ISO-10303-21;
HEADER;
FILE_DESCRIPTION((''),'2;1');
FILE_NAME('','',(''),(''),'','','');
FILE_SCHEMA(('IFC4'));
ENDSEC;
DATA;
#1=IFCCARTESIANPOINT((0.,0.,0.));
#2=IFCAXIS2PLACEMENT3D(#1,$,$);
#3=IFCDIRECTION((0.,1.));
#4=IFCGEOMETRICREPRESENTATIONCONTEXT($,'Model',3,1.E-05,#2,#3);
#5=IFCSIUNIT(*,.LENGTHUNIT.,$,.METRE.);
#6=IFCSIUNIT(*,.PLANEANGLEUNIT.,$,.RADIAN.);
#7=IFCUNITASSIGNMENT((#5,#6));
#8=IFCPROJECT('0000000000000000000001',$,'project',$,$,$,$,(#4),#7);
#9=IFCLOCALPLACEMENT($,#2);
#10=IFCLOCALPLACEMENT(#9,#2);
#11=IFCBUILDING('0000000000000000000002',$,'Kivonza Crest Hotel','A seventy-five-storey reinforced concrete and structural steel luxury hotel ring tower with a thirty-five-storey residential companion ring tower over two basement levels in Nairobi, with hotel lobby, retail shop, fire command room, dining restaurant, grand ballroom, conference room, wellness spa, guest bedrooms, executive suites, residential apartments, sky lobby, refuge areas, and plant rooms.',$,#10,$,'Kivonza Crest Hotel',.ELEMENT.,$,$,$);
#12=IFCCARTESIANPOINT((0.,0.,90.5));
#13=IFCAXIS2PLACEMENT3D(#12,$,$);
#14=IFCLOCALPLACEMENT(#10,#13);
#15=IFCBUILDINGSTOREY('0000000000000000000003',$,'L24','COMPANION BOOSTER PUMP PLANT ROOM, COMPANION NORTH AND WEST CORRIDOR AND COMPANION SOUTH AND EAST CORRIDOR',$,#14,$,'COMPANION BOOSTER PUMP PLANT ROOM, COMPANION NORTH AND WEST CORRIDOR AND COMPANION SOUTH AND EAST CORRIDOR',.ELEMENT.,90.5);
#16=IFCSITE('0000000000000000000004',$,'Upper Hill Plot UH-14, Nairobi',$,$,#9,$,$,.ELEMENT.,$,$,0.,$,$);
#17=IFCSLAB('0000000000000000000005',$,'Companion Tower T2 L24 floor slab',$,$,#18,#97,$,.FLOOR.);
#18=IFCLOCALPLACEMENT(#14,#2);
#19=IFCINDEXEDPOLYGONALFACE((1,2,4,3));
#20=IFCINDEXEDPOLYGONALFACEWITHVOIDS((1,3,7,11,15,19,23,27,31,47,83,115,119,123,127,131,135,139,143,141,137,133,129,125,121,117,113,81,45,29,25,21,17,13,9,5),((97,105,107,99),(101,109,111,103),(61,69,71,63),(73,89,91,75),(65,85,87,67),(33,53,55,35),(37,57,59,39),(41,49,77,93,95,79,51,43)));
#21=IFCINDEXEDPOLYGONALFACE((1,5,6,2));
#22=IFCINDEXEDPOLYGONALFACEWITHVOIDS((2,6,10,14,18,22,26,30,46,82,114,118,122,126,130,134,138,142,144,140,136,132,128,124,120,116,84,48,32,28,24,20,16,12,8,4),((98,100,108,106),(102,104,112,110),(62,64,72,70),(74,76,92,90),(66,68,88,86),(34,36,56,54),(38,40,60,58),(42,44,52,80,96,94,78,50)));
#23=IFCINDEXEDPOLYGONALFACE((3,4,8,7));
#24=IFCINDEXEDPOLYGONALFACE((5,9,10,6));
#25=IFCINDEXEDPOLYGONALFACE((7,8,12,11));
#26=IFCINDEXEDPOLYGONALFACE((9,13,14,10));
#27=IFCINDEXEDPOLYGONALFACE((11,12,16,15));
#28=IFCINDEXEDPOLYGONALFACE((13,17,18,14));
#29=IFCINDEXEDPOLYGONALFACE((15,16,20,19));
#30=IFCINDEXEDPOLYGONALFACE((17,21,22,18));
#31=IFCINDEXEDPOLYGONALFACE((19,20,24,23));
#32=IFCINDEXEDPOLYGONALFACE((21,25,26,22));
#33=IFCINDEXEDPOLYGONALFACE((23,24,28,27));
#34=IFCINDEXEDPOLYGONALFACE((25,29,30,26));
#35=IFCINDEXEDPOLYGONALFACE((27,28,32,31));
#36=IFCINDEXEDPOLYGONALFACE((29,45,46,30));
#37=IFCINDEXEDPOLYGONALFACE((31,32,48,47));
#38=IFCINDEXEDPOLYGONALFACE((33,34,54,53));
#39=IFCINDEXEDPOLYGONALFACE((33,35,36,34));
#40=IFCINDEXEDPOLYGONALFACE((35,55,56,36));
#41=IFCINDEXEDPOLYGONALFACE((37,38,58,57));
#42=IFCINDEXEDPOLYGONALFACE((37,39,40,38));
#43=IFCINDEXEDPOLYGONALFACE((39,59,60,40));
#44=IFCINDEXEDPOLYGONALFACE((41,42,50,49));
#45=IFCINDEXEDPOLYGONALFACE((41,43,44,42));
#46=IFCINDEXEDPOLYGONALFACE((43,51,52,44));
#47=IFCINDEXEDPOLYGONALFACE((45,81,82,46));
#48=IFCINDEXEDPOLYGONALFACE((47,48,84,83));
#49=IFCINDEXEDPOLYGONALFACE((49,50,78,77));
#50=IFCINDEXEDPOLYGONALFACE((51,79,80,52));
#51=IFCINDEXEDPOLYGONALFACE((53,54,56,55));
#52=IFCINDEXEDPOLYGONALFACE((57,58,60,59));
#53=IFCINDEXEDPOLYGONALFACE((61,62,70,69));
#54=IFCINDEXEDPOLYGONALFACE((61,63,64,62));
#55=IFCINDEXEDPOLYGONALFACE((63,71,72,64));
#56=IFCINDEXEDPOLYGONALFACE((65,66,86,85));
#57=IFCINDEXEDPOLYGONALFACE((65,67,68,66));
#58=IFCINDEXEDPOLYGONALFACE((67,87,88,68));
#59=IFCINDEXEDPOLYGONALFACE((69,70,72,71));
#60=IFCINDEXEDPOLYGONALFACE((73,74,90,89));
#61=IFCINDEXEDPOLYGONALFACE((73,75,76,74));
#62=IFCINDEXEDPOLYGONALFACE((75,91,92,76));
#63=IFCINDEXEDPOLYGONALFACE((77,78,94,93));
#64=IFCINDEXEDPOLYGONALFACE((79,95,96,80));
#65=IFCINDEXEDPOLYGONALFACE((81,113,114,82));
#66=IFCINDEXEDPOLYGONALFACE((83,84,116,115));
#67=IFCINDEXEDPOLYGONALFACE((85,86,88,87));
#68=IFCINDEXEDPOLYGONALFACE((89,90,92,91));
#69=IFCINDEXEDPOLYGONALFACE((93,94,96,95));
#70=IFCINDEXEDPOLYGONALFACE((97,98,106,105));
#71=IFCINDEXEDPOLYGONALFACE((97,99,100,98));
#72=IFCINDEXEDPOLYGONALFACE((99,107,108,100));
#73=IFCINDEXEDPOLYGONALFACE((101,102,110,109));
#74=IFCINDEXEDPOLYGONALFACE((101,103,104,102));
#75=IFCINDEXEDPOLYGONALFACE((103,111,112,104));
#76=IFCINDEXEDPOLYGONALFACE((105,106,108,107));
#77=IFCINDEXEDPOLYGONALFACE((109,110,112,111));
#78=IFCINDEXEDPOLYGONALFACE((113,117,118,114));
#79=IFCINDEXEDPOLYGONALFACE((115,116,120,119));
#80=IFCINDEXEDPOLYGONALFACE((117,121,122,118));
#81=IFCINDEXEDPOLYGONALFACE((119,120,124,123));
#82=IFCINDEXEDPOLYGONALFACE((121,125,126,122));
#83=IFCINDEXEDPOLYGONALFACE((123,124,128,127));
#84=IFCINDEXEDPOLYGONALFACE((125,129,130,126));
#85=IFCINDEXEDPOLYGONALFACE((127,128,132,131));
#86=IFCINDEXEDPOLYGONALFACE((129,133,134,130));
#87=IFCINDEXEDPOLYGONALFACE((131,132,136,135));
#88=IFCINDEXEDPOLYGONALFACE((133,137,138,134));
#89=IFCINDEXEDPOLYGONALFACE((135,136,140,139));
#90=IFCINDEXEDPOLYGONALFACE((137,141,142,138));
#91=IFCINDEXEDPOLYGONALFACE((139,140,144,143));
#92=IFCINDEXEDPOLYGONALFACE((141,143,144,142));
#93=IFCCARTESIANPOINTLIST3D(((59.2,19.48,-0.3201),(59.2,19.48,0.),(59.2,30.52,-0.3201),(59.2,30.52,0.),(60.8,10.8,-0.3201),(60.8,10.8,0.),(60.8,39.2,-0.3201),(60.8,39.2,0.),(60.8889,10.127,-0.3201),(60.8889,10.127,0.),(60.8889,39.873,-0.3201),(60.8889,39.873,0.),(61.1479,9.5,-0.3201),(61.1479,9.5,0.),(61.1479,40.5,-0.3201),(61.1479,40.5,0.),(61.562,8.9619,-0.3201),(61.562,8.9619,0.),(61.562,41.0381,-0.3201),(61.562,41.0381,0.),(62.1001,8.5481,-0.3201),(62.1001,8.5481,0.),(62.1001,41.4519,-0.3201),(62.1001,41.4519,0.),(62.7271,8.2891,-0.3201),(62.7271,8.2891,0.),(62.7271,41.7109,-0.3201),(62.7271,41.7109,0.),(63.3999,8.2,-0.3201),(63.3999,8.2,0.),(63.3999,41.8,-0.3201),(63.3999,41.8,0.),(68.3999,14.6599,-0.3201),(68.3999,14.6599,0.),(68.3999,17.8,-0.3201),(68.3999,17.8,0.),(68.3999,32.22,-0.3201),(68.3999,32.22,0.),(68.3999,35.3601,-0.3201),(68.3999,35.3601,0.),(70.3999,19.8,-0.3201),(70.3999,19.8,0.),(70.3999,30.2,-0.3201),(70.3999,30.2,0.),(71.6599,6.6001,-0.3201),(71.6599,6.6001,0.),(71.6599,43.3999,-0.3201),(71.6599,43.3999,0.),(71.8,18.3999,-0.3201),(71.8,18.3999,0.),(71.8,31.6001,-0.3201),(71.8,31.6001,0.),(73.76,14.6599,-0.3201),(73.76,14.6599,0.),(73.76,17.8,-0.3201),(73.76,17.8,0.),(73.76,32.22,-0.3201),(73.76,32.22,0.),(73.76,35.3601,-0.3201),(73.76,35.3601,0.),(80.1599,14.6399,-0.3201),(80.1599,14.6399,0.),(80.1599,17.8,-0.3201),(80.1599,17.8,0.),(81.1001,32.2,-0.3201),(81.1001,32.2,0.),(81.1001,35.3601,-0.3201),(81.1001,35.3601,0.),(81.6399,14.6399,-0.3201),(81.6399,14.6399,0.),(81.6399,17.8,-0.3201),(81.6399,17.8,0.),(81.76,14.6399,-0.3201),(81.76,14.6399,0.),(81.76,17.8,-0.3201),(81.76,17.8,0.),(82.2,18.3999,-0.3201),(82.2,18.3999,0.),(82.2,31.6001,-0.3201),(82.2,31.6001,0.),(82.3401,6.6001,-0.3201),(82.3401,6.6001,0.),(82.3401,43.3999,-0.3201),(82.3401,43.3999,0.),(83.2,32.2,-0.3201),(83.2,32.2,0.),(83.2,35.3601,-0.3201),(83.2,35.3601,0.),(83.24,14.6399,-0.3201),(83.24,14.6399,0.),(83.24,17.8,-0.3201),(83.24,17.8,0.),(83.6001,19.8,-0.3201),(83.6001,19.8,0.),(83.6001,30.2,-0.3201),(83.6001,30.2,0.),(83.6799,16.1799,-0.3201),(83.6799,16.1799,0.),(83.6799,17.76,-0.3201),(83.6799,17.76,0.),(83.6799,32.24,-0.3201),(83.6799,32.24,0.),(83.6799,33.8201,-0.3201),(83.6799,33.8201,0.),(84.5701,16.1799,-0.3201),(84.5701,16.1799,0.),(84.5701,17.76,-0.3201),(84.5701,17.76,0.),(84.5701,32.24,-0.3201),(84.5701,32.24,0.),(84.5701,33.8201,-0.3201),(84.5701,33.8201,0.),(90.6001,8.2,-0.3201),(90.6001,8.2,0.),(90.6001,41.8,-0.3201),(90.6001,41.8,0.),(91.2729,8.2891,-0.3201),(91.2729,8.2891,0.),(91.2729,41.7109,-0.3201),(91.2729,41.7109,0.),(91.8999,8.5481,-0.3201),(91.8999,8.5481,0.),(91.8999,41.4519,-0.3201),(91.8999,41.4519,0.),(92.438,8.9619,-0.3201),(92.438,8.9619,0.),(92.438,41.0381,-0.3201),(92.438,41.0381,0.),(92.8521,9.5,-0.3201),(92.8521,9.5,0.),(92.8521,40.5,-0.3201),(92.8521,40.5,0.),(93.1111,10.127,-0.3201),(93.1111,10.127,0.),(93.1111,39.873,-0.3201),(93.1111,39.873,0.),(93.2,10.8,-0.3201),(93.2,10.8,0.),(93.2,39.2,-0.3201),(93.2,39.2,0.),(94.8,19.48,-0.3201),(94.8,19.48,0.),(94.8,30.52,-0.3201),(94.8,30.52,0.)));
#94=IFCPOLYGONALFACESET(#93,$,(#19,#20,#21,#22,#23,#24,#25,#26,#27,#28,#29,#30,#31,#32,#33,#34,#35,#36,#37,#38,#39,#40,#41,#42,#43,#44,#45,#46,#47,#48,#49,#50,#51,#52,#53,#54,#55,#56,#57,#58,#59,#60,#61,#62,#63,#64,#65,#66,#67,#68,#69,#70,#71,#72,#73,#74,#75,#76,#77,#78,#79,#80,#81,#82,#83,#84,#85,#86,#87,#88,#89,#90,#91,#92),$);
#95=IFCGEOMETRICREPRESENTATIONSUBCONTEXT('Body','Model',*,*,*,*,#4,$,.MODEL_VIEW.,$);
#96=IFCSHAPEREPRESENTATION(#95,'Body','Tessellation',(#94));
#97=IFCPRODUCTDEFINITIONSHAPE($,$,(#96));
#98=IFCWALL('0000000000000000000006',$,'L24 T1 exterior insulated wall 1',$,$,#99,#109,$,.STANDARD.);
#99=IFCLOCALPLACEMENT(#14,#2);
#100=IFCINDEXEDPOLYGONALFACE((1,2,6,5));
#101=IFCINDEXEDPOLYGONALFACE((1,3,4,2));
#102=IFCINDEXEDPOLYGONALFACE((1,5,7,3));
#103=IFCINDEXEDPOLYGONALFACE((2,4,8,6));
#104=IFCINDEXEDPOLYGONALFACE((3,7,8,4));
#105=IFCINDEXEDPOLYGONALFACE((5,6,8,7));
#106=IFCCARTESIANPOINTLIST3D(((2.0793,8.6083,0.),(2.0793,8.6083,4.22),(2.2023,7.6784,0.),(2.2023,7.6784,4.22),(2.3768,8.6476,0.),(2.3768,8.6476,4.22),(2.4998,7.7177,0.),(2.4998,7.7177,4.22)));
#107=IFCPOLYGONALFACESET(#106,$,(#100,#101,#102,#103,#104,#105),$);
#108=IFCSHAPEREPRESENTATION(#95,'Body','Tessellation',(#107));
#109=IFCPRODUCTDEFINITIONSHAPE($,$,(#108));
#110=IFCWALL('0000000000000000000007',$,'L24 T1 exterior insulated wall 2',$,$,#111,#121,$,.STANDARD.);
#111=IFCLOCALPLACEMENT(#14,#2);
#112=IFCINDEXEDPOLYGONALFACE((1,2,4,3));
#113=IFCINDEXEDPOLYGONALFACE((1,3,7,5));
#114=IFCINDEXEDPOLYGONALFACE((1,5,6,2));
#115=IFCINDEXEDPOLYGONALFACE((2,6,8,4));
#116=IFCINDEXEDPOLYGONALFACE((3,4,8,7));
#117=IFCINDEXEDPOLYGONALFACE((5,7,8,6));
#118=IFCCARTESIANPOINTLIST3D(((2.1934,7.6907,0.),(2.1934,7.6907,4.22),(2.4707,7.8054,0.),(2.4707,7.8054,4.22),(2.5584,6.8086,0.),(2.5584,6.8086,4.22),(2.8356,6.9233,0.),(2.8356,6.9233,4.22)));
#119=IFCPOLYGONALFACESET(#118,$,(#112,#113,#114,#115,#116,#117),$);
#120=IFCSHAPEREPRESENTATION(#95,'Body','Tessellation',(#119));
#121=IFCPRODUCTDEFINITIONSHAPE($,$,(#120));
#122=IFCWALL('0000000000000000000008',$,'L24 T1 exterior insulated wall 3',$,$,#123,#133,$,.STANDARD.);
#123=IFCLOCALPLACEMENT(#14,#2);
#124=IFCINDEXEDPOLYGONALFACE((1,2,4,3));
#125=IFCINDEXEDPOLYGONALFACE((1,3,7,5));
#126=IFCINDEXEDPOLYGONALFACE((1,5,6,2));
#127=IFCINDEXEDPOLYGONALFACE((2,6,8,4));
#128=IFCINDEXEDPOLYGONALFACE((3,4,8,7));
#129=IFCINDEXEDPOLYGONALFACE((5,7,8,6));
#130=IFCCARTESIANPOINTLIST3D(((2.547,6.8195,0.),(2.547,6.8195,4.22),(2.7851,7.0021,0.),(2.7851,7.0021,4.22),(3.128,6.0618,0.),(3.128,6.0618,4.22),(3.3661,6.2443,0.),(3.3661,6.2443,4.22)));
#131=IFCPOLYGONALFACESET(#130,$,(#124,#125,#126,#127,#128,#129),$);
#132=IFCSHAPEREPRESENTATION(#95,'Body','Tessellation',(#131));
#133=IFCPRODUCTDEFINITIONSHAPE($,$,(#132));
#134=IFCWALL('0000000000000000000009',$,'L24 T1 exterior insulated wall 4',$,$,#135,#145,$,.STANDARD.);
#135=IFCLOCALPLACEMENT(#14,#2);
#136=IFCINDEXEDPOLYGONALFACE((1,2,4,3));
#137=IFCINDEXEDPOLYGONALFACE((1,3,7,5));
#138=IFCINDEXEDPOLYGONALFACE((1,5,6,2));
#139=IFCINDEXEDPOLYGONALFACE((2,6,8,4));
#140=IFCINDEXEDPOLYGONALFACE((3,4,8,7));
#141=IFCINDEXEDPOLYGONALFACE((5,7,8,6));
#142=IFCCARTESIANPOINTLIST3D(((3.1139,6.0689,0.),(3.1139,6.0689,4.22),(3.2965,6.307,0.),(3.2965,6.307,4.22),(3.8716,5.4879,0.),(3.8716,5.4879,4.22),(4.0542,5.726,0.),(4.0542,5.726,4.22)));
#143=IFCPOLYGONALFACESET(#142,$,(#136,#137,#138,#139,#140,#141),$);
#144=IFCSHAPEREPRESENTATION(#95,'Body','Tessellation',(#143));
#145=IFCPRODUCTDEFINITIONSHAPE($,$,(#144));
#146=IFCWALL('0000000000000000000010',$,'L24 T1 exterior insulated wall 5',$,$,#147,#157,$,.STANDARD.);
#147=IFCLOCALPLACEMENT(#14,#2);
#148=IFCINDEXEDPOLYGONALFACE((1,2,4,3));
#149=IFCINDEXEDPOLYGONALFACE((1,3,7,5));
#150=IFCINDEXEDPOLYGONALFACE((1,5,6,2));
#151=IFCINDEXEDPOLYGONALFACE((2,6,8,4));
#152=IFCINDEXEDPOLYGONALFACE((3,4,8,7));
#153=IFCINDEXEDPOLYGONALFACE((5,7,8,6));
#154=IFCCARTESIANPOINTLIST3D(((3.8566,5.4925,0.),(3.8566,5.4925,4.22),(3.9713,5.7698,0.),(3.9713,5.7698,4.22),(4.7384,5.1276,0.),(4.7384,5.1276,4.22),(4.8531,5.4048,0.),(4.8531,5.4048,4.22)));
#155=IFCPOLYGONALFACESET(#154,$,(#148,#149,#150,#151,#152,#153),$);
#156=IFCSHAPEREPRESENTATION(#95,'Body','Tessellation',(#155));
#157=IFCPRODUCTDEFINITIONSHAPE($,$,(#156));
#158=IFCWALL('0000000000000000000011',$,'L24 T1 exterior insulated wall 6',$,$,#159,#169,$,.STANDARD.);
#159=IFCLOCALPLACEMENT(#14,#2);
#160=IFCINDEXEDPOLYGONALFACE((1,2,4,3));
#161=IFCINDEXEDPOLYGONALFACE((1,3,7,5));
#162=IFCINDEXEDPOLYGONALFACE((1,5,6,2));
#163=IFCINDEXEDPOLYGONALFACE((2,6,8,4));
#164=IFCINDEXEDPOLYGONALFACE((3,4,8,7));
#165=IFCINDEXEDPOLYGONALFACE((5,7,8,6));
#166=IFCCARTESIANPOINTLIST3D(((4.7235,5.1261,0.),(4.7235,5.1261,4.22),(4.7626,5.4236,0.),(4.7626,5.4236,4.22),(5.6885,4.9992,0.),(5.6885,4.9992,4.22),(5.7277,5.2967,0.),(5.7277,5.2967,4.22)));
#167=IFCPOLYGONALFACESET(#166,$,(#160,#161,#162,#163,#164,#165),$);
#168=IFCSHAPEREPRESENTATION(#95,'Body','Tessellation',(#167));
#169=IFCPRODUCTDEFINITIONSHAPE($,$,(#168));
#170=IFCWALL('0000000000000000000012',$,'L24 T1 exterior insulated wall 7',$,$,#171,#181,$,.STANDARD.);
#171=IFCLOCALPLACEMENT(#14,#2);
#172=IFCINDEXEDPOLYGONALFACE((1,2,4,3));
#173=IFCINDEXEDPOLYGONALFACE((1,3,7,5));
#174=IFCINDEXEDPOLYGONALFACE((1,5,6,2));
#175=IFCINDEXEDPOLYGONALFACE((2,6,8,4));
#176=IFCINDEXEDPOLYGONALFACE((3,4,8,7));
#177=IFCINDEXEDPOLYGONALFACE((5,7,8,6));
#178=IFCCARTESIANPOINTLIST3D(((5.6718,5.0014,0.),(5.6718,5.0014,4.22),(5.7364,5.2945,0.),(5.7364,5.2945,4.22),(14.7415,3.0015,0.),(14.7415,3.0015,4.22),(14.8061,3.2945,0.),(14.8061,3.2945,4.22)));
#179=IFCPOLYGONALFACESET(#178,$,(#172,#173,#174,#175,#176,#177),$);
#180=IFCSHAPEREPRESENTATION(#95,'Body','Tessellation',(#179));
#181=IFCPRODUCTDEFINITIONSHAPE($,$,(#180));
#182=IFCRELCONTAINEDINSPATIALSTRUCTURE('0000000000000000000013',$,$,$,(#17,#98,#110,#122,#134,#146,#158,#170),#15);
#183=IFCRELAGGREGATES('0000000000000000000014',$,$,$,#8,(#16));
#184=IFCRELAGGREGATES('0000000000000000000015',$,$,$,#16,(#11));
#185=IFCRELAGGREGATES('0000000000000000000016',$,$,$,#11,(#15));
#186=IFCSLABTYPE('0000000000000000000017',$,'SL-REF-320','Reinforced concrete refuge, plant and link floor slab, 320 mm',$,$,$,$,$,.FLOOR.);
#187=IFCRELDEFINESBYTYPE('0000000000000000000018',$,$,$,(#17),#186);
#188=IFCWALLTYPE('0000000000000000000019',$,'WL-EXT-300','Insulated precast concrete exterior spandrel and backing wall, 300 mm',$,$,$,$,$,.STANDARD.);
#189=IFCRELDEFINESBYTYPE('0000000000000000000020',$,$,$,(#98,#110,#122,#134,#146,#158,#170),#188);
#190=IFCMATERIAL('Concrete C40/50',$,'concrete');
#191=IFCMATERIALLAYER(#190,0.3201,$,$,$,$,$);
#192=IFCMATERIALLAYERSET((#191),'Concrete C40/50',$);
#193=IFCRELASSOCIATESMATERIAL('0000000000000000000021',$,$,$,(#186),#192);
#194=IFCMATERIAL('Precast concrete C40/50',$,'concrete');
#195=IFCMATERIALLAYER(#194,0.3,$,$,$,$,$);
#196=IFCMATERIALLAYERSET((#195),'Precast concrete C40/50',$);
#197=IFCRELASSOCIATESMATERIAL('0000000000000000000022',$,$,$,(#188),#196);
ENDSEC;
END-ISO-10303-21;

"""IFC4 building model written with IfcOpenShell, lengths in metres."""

from ifc_helpers import new_model, si_unit, direction, frame, frame_2d, origin, place, context, subcontext, project, spatial, polyline, rectangle, outline, extrude, material, layer, layer_set, type_object, element, save


model = new_model("IFC4")

# Units and contexts
model_context = context("Model", 3, precision=1e-05, world=origin(), true_north=direction((0.0, 1.0)))
body_context = subcontext(model_context, "Body", "Model", "MODEL_VIEW")
ifc_project = project(units=[si_unit("LENGTHUNIT", "METRE"), si_unit("PLANEANGLEUNIT", "RADIAN")], contexts=[model_context])

# Site, building, storey
site_placement = place(None, origin())
site = spatial("IfcSite", under=ifc_project, at=site_placement, Name="Upper Hill Plot UH-14, Nairobi", CompositionType="ELEMENT", RefElevation=0.0)
building_placement = place(site_placement, origin())
building = spatial("IfcBuilding", under=site, at=building_placement, Name="Kivonza Crest Hotel", Description="A seventy-five-storey reinforced concrete and structural steel luxury hotel ring tower with a thirty-five-storey residential companion ring tower over two basement levels in Nairobi, with hotel lobby, retail shop, fire command room, dining restaurant, grand ballroom, conference room, wellness spa, guest bedrooms, executive suites, residential apartments, sky lobby, refuge areas, and plant rooms.", LongName="Kivonza Crest Hotel", CompositionType="ELEMENT")
storey_placement = place(building_placement, frame((0.0, 0.0, 90.5)))
storey = spatial("IfcBuildingStorey", under=building, at=storey_placement, Name="L24", Description="COMPANION BOOSTER PUMP PLANT ROOM, COMPANION NORTH AND WEST CORRIDOR AND COMPANION SOUTH AND EAST CORRIDOR", LongName="COMPANION BOOSTER PUMP PLANT ROOM, COMPANION NORTH AND WEST CORRIDOR AND COMPANION SOUTH AND EAST CORRIDOR", CompositionType="ELEMENT", Elevation=90.5)

# Shared definitions
ifc_material_1 = material(Name="Concrete C40/50", Category="concrete")

# Slab
ifc_layer_1 = layer(ifc_material_1, 0.3201)
ifc_layer_set_1 = layer_set([ifc_layer_1], Name="Concrete C40/50")
slab_type_1 = type_object("IfcSlabType", Name="SL-REF-320", Description="Reinforced concrete refuge, plant and link floor slab, 320 mm", PredefinedType="FLOOR", material=ifc_layer_set_1)
slab_1_placement = place(storey_placement, frame((0.0, 0.0, -0.3201)))
element("IfcSlab", 1, at=slab_1_placement, inside=storey, type_object=slab_type_1, Name="Companion Tower T2 L24 floor slab", PredefinedType="FLOOR", context=body_context, shape_type="SweptSolid", body=[
    extrude(outline(polyline([(60.8, 10.8), (60.8889, 10.127), (61.1479, 9.5), (61.562, 8.9619), (62.1001, 8.5481), (62.7271, 8.2891), (63.3999, 8.2), (71.6599, 6.6001), (82.3401, 6.6001), (90.6001, 8.2), (91.2729, 8.2891), (91.8999, 8.5481), (92.438, 8.9619), (92.8521, 9.5), (93.1111, 10.127), (93.2, 10.8), (94.8, 19.48), (94.8, 30.52), (93.2, 39.2), (93.1111, 39.873), (92.8521, 40.5), (92.438, 41.0381), (91.8999, 41.4519), (91.2729, 41.7109), (90.6001, 41.8), (82.3401, 43.3999), (71.6599, 43.3999), (63.3999, 41.8), (62.7271, 41.7109), (62.1001, 41.4519), (61.562, 41.0381), (61.1479, 40.5), (60.8889, 39.873), (60.8, 39.2), (59.2, 30.52), (59.2, 19.48), (60.8, 10.8)]), holes=[polyline([(71.8, 18.3999), (82.2, 18.3999), (83.6001, 19.8), (83.6001, 30.2), (82.2, 31.6001), (71.8, 31.6001), (70.3999, 30.2), (70.3999, 19.8), (71.8, 18.3999)]), polyline([(68.3999, 32.22), (73.76, 32.22), (73.76, 35.3601), (68.3999, 35.3601), (68.3999, 32.22)]), polyline([(68.3999, 14.6599), (73.76, 14.6599), (73.76, 17.8), (68.3999, 17.8), (68.3999, 14.6599)]), polyline([(83.6799, 32.24), (84.5701, 32.24), (84.5701, 33.8201), (83.6799, 33.8201), (83.6799, 32.24)]), polyline([(83.6799, 16.1799), (84.5701, 16.1799), (84.5701, 17.76), (83.6799, 17.76), (83.6799, 16.1799)]), polyline([(81.1001, 32.2), (83.2, 32.2), (83.2, 35.3601), (81.1001, 35.3601), (81.1001, 32.2)]), polyline([(80.1599, 14.6399), (81.6399, 14.6399), (81.6399, 17.8), (80.1599, 17.8), (80.1599, 14.6399)]), polyline([(81.76, 14.6399), (83.24, 14.6399), (83.24, 17.8), (81.76, 17.8), (81.76, 14.6399)])]), origin(), (0.0, 0.0, 1.0), 0.3201),
])

# Walls
ifc_material_2 = material(Name="Precast concrete C40/50", Category="concrete")
ifc_layer_2 = layer(ifc_material_2, 0.3)
ifc_layer_set_2 = layer_set([ifc_layer_2], Name="Precast concrete C40/50")
wall_type_1 = type_object("IfcWallType", Name="WL-EXT-300", Description="Insulated precast concrete exterior spandrel and backing wall, 300 mm", PredefinedType="STANDARD", material=ifc_layer_set_2)
wall_1_placement = place(storey_placement, frame((2.228, 8.6279, 0.0), z_axis=(0.0, 0.0, 1.0), x_axis=(0.131175, -0.991359, 0.0)))
element("IfcWall", 2, at=wall_1_placement, inside=storey, type_object=wall_type_1, Name="L24 T1 exterior insulated wall 1", PredefinedType="STANDARD", context=body_context, shape_type="SweptSolid", body=[
    extrude(rectangle(XDim=0.938, YDim=0.3, at=frame_2d((0.469, 0.0))), origin(), (0.0, 0.0, 1.0), 4.22),
])
wall_2_placement = place(storey_placement, frame((2.332, 7.748, 0.0), z_axis=(0.0, 0.0, 1.0), x_axis=(0.382344, -0.92402, 0.0)))
element("IfcWall", 3, at=wall_2_placement, inside=storey, type_object=wall_type_1, Name="L24 T1 exterior insulated wall 2", PredefinedType="STANDARD", context=body_context, shape_type="SweptSolid", body=[
    extrude(rectangle(XDim=0.9546, YDim=0.3, at=frame_2d((0.4773, 0.0))), origin(), (0.0, 0.0, 1.0), 4.22),
])
for number, where, z_axis, x_axis, name in (
    (4, (2.666, 6.9109, 0.0), (0.0, 0.0, 1.0), (0.608474, -0.793573, 0.0), "L24 T1 exterior insulated wall 3"),
    (5, (3.2051, 6.188, 0.0), (0.0, 0.0, 1.0), (0.793573, -0.608474, 0.0), "L24 T1 exterior insulated wall 4"),
):
    element("IfcWall", number, at=place(storey_placement, frame(where, z_axis=z_axis, x_axis=x_axis)), inside=storey, type_object=wall_type_1, Name=name, PredefinedType="STANDARD", context=body_context, shape_type="SweptSolid", body=[
        extrude(rectangle(XDim=0.9548, YDim=0.3, at=frame_2d((0.4775, 0.0))), origin(), (0.0, 0.0, 1.0), 4.22),
    ])
wall_3_placement = place(storey_placement, frame((3.9141, 5.6311, 0.0), z_axis=(0.0, 0.0, 1.0), x_axis=(0.923983, -0.382435, 0.0)))
element("IfcWall", 6, at=wall_3_placement, inside=storey, type_object=wall_type_1, Name="L24 T1 exterior insulated wall 5", PredefinedType="STANDARD", context=body_context, shape_type="SweptSolid", body=[
    extrude(rectangle(XDim=0.9543, YDim=0.3, at=frame_2d((0.4771, 0.0))), origin(), (0.0, 0.0, 1.0), 4.22),
])
wall_4_placement = place(storey_placement, frame((4.7429, 5.2749, 0.0), z_axis=(0.0, 0.0, 1.0), x_axis=(0.991459, -0.130422, 0.0)))
element("IfcWall", 7, at=wall_4_placement, inside=storey, type_object=wall_type_1, Name="L24 T1 exterior insulated wall 6", PredefinedType="STANDARD", context=body_context, shape_type="SweptSolid", body=[
    extrude(rectangle(XDim=0.9734, YDim=0.3, at=frame_2d((0.4868, 0.0))), origin(), (0.0, 0.0, 1.0), 4.22),
])
wall_5_placement = place(storey_placement, frame((5.7041, 5.1479, 0.0), z_axis=(0.0, 0.0, 1.0), x_axis=(0.97654, -0.215338, 0.0)))
element("IfcWall", 8, at=wall_5_placement, inside=storey, type_object=wall_type_1, Name="L24 T1 exterior insulated wall 7", PredefinedType="STANDARD", context=body_context, shape_type="SweptSolid", body=[
    extrude(rectangle(XDim=9.2876, YDim=0.3, at=frame_2d((4.6438, 0.0))), origin(), (0.0, 0.0, 1.0), 4.22),
])

save(model, "model.ifc")
